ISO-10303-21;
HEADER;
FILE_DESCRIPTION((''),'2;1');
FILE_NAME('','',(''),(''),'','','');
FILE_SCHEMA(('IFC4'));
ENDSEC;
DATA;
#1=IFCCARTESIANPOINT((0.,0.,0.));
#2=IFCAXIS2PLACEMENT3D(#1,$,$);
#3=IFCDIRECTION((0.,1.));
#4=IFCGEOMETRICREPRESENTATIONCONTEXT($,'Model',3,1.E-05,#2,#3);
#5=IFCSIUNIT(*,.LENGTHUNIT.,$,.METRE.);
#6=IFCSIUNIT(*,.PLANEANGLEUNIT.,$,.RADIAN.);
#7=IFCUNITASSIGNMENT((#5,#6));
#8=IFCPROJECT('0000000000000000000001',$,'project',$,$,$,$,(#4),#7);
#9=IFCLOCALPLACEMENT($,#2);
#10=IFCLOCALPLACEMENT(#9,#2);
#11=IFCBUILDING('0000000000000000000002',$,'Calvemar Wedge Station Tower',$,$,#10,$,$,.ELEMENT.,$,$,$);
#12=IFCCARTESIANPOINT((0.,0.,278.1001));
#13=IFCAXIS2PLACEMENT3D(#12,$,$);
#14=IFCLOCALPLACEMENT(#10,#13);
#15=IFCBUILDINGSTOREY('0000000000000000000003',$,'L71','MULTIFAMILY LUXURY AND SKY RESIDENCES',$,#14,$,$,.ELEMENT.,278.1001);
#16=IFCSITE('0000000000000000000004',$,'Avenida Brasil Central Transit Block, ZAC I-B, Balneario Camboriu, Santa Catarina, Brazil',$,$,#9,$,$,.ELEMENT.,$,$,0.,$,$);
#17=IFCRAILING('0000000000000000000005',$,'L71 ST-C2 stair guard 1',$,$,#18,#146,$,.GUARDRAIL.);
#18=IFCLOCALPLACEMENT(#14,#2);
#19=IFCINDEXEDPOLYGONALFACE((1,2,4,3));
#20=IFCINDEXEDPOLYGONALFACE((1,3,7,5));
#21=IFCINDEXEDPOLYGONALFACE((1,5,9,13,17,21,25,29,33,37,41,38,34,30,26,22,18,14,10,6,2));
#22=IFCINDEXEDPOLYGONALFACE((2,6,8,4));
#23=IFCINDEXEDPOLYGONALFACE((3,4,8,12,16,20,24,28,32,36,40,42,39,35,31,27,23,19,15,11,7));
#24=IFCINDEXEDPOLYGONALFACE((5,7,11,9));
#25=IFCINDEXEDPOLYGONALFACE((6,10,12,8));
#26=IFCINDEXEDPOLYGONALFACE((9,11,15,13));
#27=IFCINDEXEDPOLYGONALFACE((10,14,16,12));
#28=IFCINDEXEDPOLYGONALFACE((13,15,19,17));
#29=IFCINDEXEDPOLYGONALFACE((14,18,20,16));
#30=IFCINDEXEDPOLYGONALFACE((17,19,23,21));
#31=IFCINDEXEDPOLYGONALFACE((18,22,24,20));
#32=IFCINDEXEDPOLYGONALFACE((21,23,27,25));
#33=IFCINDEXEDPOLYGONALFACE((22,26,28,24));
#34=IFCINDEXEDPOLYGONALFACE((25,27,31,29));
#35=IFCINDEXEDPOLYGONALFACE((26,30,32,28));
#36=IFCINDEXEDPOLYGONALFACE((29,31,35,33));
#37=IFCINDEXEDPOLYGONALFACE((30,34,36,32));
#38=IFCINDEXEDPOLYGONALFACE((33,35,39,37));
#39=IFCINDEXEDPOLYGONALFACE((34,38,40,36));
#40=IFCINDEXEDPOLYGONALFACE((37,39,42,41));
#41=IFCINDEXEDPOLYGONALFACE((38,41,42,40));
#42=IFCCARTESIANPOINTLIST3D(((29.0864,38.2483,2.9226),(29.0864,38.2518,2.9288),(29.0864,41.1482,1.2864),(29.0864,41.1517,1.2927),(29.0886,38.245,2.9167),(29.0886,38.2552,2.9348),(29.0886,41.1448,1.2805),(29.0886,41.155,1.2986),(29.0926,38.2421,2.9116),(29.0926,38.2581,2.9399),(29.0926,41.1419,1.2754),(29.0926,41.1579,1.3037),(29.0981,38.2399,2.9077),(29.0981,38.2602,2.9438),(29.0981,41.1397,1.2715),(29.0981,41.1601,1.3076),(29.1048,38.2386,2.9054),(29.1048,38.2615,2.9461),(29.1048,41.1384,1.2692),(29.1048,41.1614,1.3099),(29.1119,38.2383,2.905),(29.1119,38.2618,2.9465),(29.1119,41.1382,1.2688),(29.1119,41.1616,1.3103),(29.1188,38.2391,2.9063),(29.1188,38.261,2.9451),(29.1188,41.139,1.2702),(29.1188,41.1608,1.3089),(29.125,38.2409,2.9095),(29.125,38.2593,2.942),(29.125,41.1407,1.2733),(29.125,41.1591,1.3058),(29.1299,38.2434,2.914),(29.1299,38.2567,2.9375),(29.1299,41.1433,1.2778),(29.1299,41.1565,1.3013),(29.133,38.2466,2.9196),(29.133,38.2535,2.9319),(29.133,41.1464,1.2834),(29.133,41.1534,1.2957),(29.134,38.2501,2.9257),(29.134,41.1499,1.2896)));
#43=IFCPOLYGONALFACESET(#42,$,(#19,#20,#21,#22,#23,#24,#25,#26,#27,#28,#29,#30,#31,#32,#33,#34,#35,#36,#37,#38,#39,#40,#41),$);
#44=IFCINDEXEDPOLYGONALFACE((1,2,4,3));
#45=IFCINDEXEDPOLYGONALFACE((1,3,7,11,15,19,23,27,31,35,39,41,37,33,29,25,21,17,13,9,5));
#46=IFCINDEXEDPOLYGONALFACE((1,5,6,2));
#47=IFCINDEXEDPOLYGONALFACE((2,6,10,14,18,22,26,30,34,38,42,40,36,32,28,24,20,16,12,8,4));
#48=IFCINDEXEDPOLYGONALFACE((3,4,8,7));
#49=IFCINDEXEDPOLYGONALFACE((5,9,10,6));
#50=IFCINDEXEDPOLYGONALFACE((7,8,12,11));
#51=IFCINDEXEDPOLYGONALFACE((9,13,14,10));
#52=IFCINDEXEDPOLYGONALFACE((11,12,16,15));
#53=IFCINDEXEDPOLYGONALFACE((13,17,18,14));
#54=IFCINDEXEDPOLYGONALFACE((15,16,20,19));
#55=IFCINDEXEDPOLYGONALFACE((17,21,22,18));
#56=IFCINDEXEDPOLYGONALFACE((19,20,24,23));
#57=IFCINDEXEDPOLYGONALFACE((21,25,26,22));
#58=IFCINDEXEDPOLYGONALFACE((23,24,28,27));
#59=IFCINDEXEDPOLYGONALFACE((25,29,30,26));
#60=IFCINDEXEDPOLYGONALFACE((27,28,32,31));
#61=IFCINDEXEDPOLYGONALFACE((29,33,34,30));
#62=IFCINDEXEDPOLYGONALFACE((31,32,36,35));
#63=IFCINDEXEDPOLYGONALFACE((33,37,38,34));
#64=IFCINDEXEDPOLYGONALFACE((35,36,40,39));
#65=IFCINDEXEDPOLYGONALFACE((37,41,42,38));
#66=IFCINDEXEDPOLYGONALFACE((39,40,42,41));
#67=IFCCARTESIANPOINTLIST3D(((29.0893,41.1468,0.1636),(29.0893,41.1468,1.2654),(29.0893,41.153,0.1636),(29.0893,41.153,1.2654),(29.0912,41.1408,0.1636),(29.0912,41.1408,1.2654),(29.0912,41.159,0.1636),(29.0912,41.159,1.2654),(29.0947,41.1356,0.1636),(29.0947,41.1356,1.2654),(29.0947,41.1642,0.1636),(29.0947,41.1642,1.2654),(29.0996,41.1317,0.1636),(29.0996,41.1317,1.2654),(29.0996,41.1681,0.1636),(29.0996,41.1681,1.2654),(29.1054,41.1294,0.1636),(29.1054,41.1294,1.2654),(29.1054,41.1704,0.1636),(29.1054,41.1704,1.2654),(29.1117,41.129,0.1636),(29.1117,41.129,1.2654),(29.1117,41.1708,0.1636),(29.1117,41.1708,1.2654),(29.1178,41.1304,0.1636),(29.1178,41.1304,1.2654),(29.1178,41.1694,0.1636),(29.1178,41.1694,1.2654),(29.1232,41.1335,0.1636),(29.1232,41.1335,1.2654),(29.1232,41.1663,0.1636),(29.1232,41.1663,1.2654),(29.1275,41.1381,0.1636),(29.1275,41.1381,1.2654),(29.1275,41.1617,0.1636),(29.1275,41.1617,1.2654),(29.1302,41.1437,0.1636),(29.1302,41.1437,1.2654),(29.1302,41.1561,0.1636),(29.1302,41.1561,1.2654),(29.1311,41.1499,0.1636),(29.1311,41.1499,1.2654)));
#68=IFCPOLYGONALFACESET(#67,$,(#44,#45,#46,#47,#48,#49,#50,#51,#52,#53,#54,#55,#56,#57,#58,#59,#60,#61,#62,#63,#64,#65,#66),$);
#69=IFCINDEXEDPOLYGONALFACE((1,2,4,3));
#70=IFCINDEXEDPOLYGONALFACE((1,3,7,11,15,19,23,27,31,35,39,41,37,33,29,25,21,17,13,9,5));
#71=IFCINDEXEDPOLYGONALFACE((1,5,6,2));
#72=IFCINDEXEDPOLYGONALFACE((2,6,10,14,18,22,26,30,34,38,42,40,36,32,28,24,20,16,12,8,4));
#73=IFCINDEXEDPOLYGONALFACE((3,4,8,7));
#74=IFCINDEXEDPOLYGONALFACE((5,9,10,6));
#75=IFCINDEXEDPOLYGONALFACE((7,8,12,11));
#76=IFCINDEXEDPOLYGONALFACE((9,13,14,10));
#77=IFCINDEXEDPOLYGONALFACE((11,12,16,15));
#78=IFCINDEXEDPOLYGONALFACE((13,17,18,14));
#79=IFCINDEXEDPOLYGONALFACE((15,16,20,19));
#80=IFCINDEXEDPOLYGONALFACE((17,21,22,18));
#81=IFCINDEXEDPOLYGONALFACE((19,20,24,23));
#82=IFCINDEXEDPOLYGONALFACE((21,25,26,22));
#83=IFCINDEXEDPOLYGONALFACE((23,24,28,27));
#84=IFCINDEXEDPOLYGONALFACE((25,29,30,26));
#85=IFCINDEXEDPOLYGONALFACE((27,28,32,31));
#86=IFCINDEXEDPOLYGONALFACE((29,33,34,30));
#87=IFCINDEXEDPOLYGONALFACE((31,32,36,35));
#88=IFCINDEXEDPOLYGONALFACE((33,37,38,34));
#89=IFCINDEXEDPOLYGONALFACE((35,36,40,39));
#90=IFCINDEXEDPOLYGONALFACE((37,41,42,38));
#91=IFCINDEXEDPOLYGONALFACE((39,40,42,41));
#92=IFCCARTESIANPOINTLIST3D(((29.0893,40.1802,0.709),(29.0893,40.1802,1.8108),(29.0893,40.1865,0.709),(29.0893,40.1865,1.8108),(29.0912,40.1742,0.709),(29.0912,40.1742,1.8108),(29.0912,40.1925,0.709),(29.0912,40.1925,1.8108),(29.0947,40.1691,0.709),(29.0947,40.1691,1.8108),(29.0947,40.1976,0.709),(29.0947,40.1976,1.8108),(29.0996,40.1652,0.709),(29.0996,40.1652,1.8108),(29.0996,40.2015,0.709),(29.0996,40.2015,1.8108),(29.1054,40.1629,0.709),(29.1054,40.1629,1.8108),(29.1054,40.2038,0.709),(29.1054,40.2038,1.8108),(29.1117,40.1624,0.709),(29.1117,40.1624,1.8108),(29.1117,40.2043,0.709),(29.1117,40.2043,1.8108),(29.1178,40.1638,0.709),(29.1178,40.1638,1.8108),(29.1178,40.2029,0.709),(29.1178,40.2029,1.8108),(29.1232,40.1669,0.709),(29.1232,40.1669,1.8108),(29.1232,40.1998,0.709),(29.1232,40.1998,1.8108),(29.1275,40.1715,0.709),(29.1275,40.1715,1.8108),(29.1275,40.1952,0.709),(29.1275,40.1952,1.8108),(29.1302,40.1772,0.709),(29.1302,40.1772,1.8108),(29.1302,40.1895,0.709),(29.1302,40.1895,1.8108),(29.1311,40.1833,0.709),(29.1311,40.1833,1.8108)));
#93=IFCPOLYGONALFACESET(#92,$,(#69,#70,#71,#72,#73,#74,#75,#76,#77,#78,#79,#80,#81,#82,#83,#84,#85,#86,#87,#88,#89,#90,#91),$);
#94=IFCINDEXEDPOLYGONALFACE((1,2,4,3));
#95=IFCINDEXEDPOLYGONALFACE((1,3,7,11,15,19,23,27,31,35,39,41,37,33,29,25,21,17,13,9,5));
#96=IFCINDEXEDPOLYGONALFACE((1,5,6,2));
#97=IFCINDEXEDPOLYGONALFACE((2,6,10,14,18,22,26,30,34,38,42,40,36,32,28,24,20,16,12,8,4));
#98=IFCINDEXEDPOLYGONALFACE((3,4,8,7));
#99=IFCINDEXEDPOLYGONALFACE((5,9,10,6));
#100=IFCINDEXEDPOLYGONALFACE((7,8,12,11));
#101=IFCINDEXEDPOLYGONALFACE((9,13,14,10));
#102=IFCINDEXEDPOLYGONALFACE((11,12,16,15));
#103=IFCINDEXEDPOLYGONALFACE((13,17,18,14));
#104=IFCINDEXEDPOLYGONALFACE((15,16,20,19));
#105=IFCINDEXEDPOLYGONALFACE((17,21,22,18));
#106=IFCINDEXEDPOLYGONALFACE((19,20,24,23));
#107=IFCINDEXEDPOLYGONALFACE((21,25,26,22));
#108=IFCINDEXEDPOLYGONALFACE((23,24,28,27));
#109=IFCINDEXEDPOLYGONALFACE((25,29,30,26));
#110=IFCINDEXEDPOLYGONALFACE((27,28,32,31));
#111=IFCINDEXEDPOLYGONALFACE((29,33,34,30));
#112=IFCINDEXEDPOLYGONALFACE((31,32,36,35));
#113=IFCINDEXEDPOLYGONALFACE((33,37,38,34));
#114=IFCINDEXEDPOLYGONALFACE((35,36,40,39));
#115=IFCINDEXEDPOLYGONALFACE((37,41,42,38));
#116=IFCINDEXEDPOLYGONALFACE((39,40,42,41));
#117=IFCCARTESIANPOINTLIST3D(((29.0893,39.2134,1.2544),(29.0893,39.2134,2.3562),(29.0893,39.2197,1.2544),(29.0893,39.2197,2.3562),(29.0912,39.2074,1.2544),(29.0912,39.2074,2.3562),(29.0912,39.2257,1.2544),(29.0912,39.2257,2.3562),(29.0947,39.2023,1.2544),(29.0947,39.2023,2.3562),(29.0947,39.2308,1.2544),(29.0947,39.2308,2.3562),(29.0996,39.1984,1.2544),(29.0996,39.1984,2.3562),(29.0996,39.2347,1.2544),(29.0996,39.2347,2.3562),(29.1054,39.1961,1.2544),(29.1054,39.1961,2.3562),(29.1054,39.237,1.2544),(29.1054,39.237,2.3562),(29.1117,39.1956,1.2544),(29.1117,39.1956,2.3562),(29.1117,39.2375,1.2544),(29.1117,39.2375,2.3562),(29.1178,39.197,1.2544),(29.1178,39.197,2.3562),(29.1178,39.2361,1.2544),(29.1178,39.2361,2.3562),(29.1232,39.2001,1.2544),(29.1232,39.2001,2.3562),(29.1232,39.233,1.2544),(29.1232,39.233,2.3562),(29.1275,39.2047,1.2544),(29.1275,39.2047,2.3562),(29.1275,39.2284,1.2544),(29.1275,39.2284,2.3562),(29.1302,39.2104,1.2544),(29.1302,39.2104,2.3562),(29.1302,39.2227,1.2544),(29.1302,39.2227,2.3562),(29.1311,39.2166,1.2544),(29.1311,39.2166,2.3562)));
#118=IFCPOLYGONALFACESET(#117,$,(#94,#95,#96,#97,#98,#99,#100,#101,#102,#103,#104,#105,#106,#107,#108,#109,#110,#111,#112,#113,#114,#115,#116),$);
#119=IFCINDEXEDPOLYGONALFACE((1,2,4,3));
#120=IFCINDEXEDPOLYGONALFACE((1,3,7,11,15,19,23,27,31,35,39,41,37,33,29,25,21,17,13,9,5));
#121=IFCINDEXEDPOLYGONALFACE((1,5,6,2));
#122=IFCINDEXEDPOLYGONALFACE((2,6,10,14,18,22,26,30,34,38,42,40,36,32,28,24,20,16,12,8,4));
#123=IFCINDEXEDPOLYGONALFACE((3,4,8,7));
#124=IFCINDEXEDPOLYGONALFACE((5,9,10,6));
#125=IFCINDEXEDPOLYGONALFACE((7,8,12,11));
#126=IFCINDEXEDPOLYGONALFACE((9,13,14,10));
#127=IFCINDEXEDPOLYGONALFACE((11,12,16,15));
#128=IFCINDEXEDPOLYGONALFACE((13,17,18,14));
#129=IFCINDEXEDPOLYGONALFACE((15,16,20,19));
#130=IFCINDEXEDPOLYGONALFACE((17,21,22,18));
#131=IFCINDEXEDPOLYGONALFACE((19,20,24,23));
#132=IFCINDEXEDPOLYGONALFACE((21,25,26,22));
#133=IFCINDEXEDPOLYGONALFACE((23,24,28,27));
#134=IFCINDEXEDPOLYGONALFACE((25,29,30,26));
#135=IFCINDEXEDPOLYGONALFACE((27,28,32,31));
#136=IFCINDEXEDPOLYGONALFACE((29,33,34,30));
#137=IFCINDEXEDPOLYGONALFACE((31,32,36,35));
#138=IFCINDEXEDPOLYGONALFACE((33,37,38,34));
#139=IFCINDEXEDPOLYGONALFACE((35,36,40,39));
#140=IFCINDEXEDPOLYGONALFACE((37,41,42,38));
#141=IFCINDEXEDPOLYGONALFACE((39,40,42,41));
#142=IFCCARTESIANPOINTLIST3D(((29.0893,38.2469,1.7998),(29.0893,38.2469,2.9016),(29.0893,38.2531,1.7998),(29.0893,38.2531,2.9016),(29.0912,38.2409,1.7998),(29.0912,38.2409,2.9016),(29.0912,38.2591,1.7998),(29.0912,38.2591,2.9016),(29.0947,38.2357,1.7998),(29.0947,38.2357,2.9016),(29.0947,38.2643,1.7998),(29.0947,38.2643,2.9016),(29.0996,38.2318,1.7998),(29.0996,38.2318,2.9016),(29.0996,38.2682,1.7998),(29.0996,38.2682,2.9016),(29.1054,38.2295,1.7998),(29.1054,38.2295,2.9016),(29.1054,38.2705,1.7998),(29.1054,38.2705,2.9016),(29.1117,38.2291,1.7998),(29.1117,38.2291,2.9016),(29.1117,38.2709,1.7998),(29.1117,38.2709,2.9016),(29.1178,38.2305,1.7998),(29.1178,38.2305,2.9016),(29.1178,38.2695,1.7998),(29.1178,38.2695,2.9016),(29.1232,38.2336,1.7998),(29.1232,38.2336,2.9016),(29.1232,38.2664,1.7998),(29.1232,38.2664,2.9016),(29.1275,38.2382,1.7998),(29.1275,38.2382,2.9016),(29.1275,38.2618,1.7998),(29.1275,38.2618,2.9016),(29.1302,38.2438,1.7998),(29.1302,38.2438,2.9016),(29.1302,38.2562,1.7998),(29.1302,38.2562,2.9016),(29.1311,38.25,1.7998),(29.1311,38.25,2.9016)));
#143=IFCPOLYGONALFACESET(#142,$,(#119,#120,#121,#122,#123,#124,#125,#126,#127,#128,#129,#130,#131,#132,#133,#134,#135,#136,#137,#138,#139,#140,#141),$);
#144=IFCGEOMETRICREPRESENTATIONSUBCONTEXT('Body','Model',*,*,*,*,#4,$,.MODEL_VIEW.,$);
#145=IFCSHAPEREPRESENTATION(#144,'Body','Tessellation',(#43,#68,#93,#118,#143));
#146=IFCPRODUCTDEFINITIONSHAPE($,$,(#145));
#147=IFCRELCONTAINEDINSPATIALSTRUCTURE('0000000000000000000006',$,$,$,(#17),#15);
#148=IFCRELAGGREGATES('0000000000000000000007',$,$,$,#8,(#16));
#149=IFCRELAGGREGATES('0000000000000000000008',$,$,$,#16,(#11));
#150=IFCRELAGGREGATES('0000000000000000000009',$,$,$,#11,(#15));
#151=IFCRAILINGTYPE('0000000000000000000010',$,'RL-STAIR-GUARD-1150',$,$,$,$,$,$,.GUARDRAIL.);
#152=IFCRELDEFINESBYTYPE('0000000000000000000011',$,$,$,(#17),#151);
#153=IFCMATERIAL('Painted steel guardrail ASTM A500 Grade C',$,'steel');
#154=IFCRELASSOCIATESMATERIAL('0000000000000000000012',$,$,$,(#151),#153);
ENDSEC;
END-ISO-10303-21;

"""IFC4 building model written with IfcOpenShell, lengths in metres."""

from ifc_helpers import new_model, si_unit, direction, frame, origin, origin_2d, place, context, subcontext, project, spatial, circle, extrude, material, type_object, element, save


model = new_model("IFC4")

# Units and contexts
model_context = context("Model", 3, precision=1e-05, world=origin(), true_north=direction((0.0, 1.0)))
body_context = subcontext(model_context, "Body", "Model", "MODEL_VIEW")
ifc_project = project(units=[si_unit("LENGTHUNIT", "METRE"), si_unit("PLANEANGLEUNIT", "RADIAN")], contexts=[model_context])

# Site, building, storey
site_placement = place(None, origin())
site = spatial("IfcSite", under=ifc_project, at=site_placement, Name="Avenida Brasil Central Transit Block, ZAC I-B, Balneario Camboriu, Santa Catarina, Brazil", CompositionType="ELEMENT", RefElevation=0.0)
building_placement = place(site_placement, origin())
building = spatial("IfcBuilding", under=site, at=building_placement, Name="Calvemar Wedge Station Tower", CompositionType="ELEMENT")
storey_placement = place(building_placement, frame((0.0, 0.0, 278.1001)))
storey = spatial("IfcBuildingStorey", under=building, at=storey_placement, Name="L71", Description="MULTIFAMILY LUXURY AND SKY RESIDENCES", CompositionType="ELEMENT", Elevation=278.1001)

# Railing
ifc_material_1 = material(Name="Painted steel guardrail ASTM A500 Grade C", Category="steel")
railing_type = type_object("IfcRailingType", Name="RL-STAIR-GUARD-1150", PredefinedType="GUARDRAIL", material=ifc_material_1)
railing_1_placement = place(storey_placement, frame((29.1101, 41.1499, 0.1636)))
element("IfcRailing", 1, at=railing_1_placement, inside=storey, type_object=railing_type, Name="L71 ST-C2 stair guard 1", PredefinedType="GUARDRAIL", context=body_context, shape_type="SweptSolid", body=[
    extrude(circle(Radius=0.0239, at=origin_2d()), frame((0.0, 0.0, 1.126), z_axis=(0.0, -0.870929, 0.49141), x_axis=(1.0, 0.0, 0.0)), (0.0, 0.0, 1.0), 3.3296),
    extrude(circle(Radius=0.021, at=origin_2d()), origin(), (0.0, 0.0, 1.0), 1.1018),
    extrude(circle(Radius=0.021, at=origin_2d()), frame((0.0, -0.9666, 0.5454)), (0.0, 0.0, 1.0), 1.1018),
    extrude(circle(Radius=0.021, at=origin_2d()), frame((0.0, -1.9333, 1.0908)), (0.0, 0.0, 1.0), 1.1018),
    extrude(circle(Radius=0.021, at=origin_2d()), frame((0.0, -2.8999, 1.6362)), (0.0, 0.0, 1.0), 1.1018),
])

save(model, "model.ifc")
